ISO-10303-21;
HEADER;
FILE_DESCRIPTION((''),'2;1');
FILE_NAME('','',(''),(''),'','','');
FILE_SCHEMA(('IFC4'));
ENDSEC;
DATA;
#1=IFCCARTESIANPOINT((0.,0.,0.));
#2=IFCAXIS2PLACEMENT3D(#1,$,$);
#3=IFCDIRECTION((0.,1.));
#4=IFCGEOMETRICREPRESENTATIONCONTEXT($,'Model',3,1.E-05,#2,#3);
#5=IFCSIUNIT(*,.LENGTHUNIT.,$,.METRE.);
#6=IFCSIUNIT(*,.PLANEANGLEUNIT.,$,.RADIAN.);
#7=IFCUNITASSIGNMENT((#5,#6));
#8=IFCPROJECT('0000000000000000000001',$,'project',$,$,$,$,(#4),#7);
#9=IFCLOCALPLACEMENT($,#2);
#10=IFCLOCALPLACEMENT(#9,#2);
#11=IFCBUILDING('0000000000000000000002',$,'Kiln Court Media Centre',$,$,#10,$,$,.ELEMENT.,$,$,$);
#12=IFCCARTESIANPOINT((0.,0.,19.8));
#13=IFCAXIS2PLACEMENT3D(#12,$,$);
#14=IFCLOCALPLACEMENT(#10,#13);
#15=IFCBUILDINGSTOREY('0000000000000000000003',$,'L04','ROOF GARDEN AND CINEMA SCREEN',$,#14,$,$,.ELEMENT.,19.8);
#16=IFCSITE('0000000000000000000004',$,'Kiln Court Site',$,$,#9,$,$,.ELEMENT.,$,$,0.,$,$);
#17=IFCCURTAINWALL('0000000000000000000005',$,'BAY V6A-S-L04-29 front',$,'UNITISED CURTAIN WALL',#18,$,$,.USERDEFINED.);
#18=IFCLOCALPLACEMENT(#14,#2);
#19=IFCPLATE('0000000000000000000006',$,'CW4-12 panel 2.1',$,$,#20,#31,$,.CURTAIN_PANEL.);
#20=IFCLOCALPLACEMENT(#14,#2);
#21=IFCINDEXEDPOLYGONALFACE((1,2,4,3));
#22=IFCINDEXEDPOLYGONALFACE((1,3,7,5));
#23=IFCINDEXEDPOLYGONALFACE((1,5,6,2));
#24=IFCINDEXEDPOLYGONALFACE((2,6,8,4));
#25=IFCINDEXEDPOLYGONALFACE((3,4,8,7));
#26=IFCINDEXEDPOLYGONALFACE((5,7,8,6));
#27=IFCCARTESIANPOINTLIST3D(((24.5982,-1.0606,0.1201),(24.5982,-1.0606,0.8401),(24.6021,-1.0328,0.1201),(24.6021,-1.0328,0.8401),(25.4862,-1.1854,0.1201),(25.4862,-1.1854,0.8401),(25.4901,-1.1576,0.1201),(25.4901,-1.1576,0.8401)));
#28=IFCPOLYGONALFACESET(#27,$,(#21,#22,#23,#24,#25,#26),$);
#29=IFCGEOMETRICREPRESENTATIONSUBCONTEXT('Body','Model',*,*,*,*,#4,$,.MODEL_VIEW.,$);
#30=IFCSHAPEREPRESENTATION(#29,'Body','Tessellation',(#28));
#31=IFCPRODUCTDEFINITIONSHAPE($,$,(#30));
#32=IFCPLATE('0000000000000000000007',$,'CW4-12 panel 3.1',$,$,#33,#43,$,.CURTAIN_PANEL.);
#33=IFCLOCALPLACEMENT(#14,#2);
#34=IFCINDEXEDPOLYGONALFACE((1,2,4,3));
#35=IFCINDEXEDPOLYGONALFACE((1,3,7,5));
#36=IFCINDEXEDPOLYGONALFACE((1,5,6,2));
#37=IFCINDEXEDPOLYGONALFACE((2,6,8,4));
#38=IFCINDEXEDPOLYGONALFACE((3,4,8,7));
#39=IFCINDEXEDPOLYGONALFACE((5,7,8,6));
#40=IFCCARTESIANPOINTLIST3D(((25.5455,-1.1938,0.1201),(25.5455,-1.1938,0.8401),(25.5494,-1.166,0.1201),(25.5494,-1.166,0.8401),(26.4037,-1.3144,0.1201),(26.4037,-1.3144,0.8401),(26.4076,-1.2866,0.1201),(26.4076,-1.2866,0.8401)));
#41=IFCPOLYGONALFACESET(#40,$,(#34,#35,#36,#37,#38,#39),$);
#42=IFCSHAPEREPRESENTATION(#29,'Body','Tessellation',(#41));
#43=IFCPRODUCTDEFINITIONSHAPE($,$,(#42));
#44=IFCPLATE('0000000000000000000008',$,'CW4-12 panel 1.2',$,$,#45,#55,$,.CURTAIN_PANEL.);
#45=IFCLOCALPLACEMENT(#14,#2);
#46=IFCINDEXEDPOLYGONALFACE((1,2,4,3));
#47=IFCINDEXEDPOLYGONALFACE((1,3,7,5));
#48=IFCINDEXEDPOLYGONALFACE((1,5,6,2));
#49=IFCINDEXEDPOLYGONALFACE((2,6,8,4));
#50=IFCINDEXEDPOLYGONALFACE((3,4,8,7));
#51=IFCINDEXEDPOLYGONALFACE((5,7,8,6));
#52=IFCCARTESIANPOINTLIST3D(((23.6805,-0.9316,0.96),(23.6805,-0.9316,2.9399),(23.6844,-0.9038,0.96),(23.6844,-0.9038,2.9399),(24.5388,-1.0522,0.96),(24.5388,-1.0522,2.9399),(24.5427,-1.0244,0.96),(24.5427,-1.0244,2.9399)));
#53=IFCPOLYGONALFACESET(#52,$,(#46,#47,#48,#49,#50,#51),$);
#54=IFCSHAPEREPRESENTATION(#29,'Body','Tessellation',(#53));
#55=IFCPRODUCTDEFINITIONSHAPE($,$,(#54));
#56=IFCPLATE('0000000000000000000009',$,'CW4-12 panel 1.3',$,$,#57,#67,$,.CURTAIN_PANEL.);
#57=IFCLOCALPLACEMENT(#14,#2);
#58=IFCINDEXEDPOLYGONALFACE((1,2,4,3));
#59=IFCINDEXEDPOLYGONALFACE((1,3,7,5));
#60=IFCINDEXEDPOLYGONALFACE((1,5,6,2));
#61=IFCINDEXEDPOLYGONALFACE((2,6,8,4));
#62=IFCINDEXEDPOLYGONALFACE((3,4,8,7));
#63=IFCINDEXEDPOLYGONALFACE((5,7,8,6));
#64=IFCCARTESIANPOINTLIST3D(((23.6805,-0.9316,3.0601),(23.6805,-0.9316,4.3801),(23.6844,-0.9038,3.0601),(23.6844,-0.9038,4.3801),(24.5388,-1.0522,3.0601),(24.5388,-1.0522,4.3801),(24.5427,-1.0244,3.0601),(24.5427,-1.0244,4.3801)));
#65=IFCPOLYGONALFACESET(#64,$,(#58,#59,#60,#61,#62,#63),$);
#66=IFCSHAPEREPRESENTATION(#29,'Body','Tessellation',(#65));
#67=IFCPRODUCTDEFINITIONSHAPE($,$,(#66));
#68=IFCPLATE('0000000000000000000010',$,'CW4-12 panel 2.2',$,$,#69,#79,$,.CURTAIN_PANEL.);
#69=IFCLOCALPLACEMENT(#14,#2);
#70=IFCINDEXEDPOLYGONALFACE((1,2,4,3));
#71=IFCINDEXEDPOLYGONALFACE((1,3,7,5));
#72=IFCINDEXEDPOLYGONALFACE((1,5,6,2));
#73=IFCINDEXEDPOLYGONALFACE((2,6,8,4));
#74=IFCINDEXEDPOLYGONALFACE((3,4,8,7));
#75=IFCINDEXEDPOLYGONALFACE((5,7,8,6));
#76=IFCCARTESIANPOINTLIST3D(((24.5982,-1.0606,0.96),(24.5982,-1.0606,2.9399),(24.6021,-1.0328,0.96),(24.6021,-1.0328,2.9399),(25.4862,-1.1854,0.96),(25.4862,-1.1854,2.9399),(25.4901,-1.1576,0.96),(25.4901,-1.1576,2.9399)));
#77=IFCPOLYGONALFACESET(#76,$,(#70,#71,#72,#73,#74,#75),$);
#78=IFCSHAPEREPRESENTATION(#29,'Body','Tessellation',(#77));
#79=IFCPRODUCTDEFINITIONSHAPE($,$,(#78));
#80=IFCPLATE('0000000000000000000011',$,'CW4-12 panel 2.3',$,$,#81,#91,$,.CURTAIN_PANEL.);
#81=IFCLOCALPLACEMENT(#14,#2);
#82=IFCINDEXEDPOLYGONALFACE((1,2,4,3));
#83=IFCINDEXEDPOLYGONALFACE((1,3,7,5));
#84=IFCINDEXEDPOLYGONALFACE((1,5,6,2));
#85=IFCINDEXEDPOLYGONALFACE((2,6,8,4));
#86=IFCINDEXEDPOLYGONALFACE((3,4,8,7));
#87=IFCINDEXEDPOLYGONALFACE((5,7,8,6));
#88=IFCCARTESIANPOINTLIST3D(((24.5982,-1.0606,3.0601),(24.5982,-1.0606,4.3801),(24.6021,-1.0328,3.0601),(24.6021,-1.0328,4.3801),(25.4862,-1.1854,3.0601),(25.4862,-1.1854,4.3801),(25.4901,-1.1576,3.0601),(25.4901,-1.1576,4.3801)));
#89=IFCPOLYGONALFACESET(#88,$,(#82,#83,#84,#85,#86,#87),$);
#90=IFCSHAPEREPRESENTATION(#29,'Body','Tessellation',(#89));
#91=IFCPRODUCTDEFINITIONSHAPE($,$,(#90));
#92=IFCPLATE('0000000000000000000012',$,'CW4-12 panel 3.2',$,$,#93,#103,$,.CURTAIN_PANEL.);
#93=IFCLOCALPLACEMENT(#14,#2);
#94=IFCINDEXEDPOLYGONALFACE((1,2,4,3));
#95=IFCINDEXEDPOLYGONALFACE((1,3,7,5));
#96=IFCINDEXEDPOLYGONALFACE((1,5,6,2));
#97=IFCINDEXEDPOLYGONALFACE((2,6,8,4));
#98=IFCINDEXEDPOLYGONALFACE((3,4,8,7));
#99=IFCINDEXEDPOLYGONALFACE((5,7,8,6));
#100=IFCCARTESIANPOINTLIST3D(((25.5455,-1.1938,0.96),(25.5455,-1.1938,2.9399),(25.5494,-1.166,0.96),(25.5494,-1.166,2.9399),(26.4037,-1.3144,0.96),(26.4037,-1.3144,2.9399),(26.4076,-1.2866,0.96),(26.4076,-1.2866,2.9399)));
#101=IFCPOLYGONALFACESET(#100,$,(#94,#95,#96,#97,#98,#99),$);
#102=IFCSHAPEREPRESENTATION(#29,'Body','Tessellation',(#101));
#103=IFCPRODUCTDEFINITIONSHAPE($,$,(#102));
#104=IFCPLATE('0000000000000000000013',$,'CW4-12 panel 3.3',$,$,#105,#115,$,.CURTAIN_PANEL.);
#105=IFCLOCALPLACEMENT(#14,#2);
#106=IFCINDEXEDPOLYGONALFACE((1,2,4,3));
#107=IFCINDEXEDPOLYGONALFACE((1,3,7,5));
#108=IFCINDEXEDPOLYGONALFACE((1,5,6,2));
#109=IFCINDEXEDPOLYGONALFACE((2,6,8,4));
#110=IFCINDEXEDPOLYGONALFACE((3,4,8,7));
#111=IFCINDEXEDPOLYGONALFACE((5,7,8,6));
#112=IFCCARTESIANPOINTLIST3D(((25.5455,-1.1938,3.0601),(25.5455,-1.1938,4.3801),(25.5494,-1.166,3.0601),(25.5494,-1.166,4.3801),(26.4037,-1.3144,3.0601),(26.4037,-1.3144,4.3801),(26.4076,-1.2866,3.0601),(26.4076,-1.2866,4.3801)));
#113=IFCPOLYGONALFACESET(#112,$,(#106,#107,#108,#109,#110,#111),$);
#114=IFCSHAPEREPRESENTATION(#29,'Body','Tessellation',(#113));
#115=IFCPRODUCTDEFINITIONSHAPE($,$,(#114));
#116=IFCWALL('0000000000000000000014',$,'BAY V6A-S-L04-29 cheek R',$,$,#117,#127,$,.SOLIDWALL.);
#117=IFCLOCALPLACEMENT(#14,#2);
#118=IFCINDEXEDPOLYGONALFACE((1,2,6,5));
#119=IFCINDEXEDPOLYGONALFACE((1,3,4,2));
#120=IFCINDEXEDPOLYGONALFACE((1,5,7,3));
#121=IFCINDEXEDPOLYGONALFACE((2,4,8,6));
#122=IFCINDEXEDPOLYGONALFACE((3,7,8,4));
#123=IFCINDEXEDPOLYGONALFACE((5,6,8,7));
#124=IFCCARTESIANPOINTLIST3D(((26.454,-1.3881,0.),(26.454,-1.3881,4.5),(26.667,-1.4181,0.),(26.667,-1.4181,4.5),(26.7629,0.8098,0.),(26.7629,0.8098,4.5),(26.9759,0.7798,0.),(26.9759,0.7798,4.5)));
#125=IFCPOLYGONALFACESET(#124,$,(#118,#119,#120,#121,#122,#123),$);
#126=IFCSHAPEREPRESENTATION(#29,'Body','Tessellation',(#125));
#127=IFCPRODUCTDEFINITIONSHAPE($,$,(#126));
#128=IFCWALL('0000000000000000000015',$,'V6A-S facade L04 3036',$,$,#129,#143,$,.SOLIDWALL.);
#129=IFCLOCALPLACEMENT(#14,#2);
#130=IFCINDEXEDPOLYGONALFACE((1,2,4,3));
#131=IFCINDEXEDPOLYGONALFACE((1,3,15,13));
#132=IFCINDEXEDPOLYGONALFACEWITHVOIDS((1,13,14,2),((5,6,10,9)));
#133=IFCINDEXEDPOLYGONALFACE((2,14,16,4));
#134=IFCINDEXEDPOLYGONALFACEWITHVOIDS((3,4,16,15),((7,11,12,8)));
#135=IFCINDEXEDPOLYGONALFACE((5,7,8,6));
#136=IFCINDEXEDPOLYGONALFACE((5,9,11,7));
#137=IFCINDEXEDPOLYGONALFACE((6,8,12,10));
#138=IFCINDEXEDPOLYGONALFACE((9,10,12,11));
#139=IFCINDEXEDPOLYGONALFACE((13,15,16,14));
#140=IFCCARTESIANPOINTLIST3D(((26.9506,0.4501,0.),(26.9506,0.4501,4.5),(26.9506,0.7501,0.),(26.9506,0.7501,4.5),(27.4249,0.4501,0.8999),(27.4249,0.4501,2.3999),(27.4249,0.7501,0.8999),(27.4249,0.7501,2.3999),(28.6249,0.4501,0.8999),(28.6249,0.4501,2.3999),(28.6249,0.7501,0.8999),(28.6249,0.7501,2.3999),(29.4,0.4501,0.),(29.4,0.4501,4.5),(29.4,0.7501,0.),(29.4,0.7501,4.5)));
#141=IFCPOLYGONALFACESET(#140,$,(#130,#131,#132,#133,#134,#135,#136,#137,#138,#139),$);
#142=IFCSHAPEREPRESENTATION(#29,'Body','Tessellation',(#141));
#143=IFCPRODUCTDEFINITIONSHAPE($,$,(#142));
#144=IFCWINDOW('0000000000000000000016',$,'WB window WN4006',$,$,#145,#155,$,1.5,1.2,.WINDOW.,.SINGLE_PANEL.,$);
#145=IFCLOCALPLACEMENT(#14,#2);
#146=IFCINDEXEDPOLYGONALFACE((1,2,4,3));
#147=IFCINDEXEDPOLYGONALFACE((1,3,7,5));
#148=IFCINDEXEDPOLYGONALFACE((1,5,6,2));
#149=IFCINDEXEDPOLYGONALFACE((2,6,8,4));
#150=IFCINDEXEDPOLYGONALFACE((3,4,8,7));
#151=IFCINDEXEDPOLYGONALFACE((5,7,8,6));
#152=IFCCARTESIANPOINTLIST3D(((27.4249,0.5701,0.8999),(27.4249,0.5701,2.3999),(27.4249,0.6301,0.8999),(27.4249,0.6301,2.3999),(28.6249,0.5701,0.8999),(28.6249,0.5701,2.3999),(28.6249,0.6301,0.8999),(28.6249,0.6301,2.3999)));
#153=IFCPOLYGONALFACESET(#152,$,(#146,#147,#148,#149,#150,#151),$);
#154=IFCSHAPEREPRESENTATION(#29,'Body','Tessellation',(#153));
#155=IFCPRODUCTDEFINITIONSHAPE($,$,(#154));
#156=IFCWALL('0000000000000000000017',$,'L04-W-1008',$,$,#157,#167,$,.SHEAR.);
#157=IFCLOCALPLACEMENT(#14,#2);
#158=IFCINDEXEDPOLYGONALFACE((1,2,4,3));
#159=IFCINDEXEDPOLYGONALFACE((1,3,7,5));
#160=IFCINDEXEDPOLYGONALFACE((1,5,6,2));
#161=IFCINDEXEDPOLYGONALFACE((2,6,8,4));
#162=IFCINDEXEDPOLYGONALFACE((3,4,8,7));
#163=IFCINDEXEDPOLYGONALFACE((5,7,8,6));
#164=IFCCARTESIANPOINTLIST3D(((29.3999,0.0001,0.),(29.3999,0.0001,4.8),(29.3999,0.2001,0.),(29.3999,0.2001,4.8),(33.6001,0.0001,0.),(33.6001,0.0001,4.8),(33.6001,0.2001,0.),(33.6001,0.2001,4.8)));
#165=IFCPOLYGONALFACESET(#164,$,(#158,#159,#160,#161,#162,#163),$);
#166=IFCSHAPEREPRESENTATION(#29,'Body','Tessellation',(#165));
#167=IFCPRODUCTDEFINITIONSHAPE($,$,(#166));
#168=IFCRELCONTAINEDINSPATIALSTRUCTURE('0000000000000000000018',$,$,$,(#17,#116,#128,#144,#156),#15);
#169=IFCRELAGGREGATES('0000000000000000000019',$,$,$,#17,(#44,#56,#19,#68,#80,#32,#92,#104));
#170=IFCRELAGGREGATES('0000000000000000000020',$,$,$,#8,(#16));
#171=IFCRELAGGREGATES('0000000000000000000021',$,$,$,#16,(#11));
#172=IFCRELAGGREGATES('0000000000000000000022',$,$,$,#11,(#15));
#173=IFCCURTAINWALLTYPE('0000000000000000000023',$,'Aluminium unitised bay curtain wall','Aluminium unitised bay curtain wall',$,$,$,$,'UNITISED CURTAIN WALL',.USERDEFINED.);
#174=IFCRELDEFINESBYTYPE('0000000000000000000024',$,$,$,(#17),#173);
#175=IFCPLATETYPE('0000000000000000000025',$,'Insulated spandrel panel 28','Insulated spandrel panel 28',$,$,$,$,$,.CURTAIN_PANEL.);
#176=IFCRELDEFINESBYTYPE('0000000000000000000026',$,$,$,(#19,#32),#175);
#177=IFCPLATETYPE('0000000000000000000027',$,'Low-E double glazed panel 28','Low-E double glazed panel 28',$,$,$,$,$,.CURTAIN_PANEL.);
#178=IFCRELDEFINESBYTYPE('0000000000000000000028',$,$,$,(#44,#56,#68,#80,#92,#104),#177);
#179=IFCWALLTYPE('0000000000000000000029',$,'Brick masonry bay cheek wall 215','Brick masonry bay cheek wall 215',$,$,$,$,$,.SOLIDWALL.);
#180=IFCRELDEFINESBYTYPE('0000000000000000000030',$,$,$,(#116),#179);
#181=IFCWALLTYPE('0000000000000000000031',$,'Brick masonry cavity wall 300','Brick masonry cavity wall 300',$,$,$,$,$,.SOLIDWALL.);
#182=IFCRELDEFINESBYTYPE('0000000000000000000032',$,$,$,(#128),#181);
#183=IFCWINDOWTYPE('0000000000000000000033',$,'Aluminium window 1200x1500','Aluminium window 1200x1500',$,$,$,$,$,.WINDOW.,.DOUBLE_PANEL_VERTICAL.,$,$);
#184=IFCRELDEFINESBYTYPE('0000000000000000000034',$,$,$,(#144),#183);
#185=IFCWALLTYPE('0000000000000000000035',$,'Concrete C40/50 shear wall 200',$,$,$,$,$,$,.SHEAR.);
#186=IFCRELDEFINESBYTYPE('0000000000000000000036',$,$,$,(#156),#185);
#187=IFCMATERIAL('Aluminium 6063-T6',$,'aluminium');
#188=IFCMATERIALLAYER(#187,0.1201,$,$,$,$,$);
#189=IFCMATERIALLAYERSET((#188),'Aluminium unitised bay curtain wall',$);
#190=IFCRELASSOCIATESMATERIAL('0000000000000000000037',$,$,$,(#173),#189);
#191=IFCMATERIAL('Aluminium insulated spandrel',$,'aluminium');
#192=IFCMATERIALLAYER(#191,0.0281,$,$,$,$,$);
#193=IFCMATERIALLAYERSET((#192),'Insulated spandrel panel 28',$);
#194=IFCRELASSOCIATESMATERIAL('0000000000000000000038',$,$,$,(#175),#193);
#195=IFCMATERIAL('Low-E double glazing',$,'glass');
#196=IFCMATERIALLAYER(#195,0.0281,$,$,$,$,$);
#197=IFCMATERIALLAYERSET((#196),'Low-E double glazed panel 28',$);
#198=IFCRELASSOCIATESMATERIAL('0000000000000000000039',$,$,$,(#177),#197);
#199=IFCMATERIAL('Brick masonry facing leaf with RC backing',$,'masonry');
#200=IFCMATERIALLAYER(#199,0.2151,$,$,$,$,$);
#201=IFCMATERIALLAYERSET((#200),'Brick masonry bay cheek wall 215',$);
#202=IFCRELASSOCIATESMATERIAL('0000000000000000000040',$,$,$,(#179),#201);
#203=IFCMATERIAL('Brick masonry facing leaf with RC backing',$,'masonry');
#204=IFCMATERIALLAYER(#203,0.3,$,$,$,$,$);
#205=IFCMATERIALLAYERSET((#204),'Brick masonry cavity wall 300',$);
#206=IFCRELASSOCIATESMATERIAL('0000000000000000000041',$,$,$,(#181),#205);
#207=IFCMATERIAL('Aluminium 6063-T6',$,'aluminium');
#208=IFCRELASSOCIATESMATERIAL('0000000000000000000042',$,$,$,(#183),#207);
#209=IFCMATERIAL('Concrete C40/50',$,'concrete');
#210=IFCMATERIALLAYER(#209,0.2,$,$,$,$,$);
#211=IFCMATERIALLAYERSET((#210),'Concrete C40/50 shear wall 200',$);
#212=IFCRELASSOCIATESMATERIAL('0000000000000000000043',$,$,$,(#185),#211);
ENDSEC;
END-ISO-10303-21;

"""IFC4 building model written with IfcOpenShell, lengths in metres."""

from ifc_helpers import new_model, si_unit, direction, frame, frame_2d, origin, origin_2d, place, context, subcontext, project, spatial, rectangle, extrude, material, layer, layer_set, type_object, element, fill, aggregate, save


model = new_model("IFC4")

# Units and contexts
model_context = context("Model", 3, precision=1e-05, world=origin(), true_north=direction((0.0, 1.0)))
body_context = subcontext(model_context, "Body", "Model", "MODEL_VIEW")
ifc_project = project(units=[si_unit("LENGTHUNIT", "METRE"), si_unit("PLANEANGLEUNIT", "RADIAN")], contexts=[model_context])

# Site, building, storey
site_placement = place(None, origin())
site = spatial("IfcSite", under=ifc_project, at=site_placement, Name="Kiln Court Site", CompositionType="ELEMENT", RefElevation=0.0)
building_placement = place(site_placement, origin())
building = spatial("IfcBuilding", under=site, at=building_placement, Name="Kiln Court Media Centre", CompositionType="ELEMENT")
storey_placement = place(building_placement, frame((0.0, 0.0, 19.8)))
storey = spatial("IfcBuildingStorey", under=building, at=storey_placement, Name="L04", Description="ROOF GARDEN AND CINEMA SCREEN", CompositionType="ELEMENT", Elevation=19.8)

# Curtain wall
ifc_material_1 = material(Name="Aluminium 6063-T6", Category="aluminium")
ifc_layer_1 = layer(ifc_material_1, 0.1201)
ifc_layer_set_1 = layer_set([ifc_layer_1], Name="Aluminium unitised bay curtain wall")
curtain_wall_type = type_object("IfcCurtainWallType", Name="Aluminium unitised bay curtain wall", Description="Aluminium unitised bay curtain wall", ElementType="UNITISED CURTAIN WALL", PredefinedType="USERDEFINED", material=ifc_layer_set_1)
curtain_wall_placement = place(storey_placement, origin())
curtain_wall = element("IfcCurtainWall", 1, at=curtain_wall_placement, inside=storey, type_object=curtain_wall_type, Name="BAY V6A-S-L04-29 front", ObjectType="UNITISED CURTAIN WALL", PredefinedType="USERDEFINED")

# Plates
ifc_material_2 = material(Name="Aluminium insulated spandrel", Category="aluminium")
ifc_layer_2 = layer(ifc_material_2, 0.0281)
ifc_layer_set_2 = layer_set([ifc_layer_2], Name="Insulated spandrel panel 28")
plate_type_1 = type_object("IfcPlateType", Name="Insulated spandrel panel 28", Description="Insulated spandrel panel 28", PredefinedType="CURTAIN_PANEL", material=ifc_layer_set_2)
plate_1_placement = place(storey_placement, frame((25.0442, -1.1091, 0.1201), z_axis=(0.0, 0.0, 1.0), x_axis=(0.99027, -0.139162, 0.0)))
plate_1 = element("IfcPlate", 2, at=plate_1_placement, type_object=plate_type_1, Name="CW4-12 panel 2.1", PredefinedType="CURTAIN_PANEL", context=body_context, shape_type="SweptSolid", body=[
    extrude(rectangle(XDim=0.8967, YDim=0.0281, at=origin_2d()), origin(), (0.0, 0.0, 1.0), 0.72),
])
plate_2_placement = place(storey_placement, frame((25.9766, -1.2402, 0.1201), z_axis=(0.0, 0.0, 1.0), x_axis=(0.99027, -0.139162, 0.0)))
plate_2 = element("IfcPlate", 3, at=plate_2_placement, type_object=plate_type_1, Name="CW4-12 panel 3.1", PredefinedType="CURTAIN_PANEL", context=body_context, shape_type="SweptSolid", body=[
    extrude(rectangle(XDim=0.8667, YDim=0.0281, at=origin_2d()), origin(), (0.0, 0.0, 1.0), 0.72),
])
ifc_material_3 = material(Name="Low-E double glazing", Category="glass")
ifc_layer_3 = layer(ifc_material_3, 0.0281)
ifc_layer_set_3 = layer_set([ifc_layer_3], Name="Low-E double glazed panel 28")
plate_type_2 = type_object("IfcPlateType", Name="Low-E double glazed panel 28", Description="Low-E double glazed panel 28", PredefinedType="CURTAIN_PANEL", material=ifc_layer_set_3)
plate_3_placement = place(storey_placement, frame((24.1116, -0.978, 0.96), z_axis=(0.0, 0.0, 1.0), x_axis=(0.99027, -0.139162, 0.0)))
plate_3 = element("IfcPlate", 4, at=plate_3_placement, type_object=plate_type_2, Name="CW4-12 panel 1.2", PredefinedType="CURTAIN_PANEL", context=body_context, shape_type="SweptSolid", body=[
    extrude(rectangle(XDim=0.8667, YDim=0.0281, at=origin_2d()), origin(), (0.0, 0.0, 1.0), 1.98),
])
plate_4_placement = place(storey_placement, frame((24.1116, -0.978, 3.0601), z_axis=(0.0, 0.0, 1.0), x_axis=(0.99027, -0.139162, 0.0)))
plate_4 = element("IfcPlate", 5, at=plate_4_placement, type_object=plate_type_2, Name="CW4-12 panel 1.3", PredefinedType="CURTAIN_PANEL", context=body_context, shape_type="SweptSolid", body=[
    extrude(rectangle(XDim=0.8667, YDim=0.0281, at=origin_2d()), origin(), (0.0, 0.0, 1.0), 1.3201),
])
plate_5_placement = place(storey_placement, frame((25.0442, -1.1091, 0.96), z_axis=(0.0, 0.0, 1.0), x_axis=(0.99027, -0.139162, 0.0)))
plate_5 = element("IfcPlate", 6, at=plate_5_placement, type_object=plate_type_2, Name="CW4-12 panel 2.2", PredefinedType="CURTAIN_PANEL", context=body_context, shape_type="SweptSolid", body=[
    extrude(rectangle(XDim=0.8967, YDim=0.0281, at=origin_2d()), origin(), (0.0, 0.0, 1.0), 1.98),
])
plate_6_placement = place(storey_placement, frame((25.0442, -1.1091, 3.0601), z_axis=(0.0, 0.0, 1.0), x_axis=(0.99027, -0.139162, 0.0)))
plate_6 = element("IfcPlate", 7, at=plate_6_placement, type_object=plate_type_2, Name="CW4-12 panel 2.3", PredefinedType="CURTAIN_PANEL", context=body_context, shape_type="SweptSolid", body=[
    extrude(rectangle(XDim=0.8967, YDim=0.0281, at=origin_2d()), origin(), (0.0, 0.0, 1.0), 1.3201),
])
plate_7_placement = place(storey_placement, frame((25.9766, -1.2402, 0.96), z_axis=(0.0, 0.0, 1.0), x_axis=(0.99027, -0.139162, 0.0)))
plate_7 = element("IfcPlate", 8, at=plate_7_placement, type_object=plate_type_2, Name="CW4-12 panel 3.2", PredefinedType="CURTAIN_PANEL", context=body_context, shape_type="SweptSolid", body=[
    extrude(rectangle(XDim=0.8667, YDim=0.0281, at=origin_2d()), origin(), (0.0, 0.0, 1.0), 1.98),
])
plate_8_placement = place(storey_placement, frame((25.9766, -1.2402, 3.0601), z_axis=(0.0, 0.0, 1.0), x_axis=(0.99027, -0.139162, 0.0)))
plate_8 = element("IfcPlate", 9, at=plate_8_placement, type_object=plate_type_2, Name="CW4-12 panel 3.3", PredefinedType="CURTAIN_PANEL", context=body_context, shape_type="SweptSolid", body=[
    extrude(rectangle(XDim=0.8667, YDim=0.0281, at=origin_2d()), origin(), (0.0, 0.0, 1.0), 1.3201),
])
aggregate(curtain_wall, [plate_3, plate_4, plate_1, plate_5, plate_6, plate_2, plate_7, plate_8])

# Wall
ifc_material_4 = material(Name="Brick masonry facing leaf with RC backing", Category="masonry")
ifc_layer_4 = layer(ifc_material_4, 0.2151)
ifc_layer_set_4 = layer_set([ifc_layer_4], Name="Brick masonry bay cheek wall 215")
wall_type_1 = type_object("IfcWallType", Name="Brick masonry bay cheek wall 215", Description="Brick masonry bay cheek wall 215", PredefinedType="SOLIDWALL", material=ifc_layer_set_4)
wall_1_placement = place(storey_placement, frame((26.8694, 0.7949, 0.0), z_axis=(0.0, 0.0, 1.0), x_axis=(-0.139142, -0.990272, 0.0)))
element("IfcWall", 10, at=wall_1_placement, inside=storey, type_object=wall_type_1, Name="BAY V6A-S-L04-29 cheek R", PredefinedType="SOLIDWALL", context=body_context, shape_type="SweptSolid", body=[
    extrude(rectangle(XDim=2.2195, YDim=0.2151, at=frame_2d((1.1099, 0.0))), origin(), (0.0, 0.0, 1.0), 4.5),
])

# Wall, opening, window
ifc_material_5 = material(Name="Brick masonry facing leaf with RC backing", Category="masonry")
ifc_layer_5 = layer(ifc_material_5, 0.3)
ifc_layer_set_5 = layer_set([ifc_layer_5], Name="Brick masonry cavity wall 300")
wall_type_2 = type_object("IfcWallType", Name="Brick masonry cavity wall 300", Description="Brick masonry cavity wall 300", PredefinedType="SOLIDWALL", material=ifc_layer_set_5)
wall_2_placement = place(storey_placement, frame((29.3999, 0.6001, 0.0), z_axis=(0.0, 0.0, 1.0), x_axis=(-1.0, 0.0, 0.0)))
wall_2 = element("IfcWall", 11, at=wall_2_placement, inside=storey, type_object=wall_type_2, Name="V6A-S facade L04 3036", PredefinedType="SOLIDWALL", context=body_context, shape_type="SweptSolid", body=[
    extrude(rectangle(XDim=2.4495, YDim=0.3, at=frame_2d((1.2246, 0.0))), origin(), (0.0, 0.0, 1.0), 4.5),
])
opening_1_placement = place(wall_2_placement, frame((0.7749, 0.0, 0.8999)))
opening_1 = element("IfcOpeningElement", 12, at=opening_1_placement, cuts=wall_2, PredefinedType="OPENING", context=body_context, shape_type="SweptSolid", body=[
    extrude(rectangle(XDim=1.2, YDim=1.5, at=frame_2d((0.6001, 0.75))), frame((0.0, 0.1599, 0.0), z_axis=(0.0, -1.0, 0.0), x_axis=(1.0, 0.0, 0.0)), (0.0, 0.0, 1.0), 0.3201),
])
ifc_material_6 = material(Name="Aluminium 6063-T6", Category="aluminium")
window_type = type_object("IfcWindowType", Name="Aluminium window 1200x1500", Description="Aluminium window 1200x1500", PartitioningType="DOUBLE_PANEL_VERTICAL", PredefinedType="WINDOW", material=ifc_material_6)
window_placement = place(opening_1_placement, origin())
window = element("IfcWindow", 13, at=window_placement, inside=storey, type_object=window_type, Name="WB window WN4006", OverallHeight=1.5, OverallWidth=1.2, PartitioningType="SINGLE_PANEL", PredefinedType="WINDOW", context=body_context, shape_type="SweptSolid", body=[
    extrude(rectangle(XDim=1.2, YDim=1.5, at=frame_2d((0.6001, 0.75))), frame((0.0, 0.03, 0.0), z_axis=(0.0, -1.0, 0.0), x_axis=(1.0, 0.0, 0.0)), (0.0, 0.0, 1.0), 0.0601),
])
fill(opening_1, window)

# Wall
ifc_material_7 = material(Name="Concrete C40/50", Category="concrete")
ifc_layer_6 = layer(ifc_material_7, 0.2)
ifc_layer_set_6 = layer_set([ifc_layer_6], Name="Concrete C40/50 shear wall 200")
wall_type_3 = type_object("IfcWallType", Name="Concrete C40/50 shear wall 200", PredefinedType="SHEAR", material=ifc_layer_set_6)
wall_3_placement = place(storey_placement, frame((33.6001, 0.1001, 0.0), z_axis=(0.0, 0.0, 1.0), x_axis=(-1.0, 0.0, 0.0)))
element("IfcWall", 14, at=wall_3_placement, inside=storey, type_object=wall_type_3, Name="L04-W-1008", PredefinedType="SHEAR", context=body_context, shape_type="SweptSolid", body=[
    extrude(rectangle(XDim=4.2002, YDim=0.2, at=frame_2d((2.1001, 0.0))), origin(), (0.0, 0.0, 1.0), 4.8),
])

save(model, "model.ifc")
